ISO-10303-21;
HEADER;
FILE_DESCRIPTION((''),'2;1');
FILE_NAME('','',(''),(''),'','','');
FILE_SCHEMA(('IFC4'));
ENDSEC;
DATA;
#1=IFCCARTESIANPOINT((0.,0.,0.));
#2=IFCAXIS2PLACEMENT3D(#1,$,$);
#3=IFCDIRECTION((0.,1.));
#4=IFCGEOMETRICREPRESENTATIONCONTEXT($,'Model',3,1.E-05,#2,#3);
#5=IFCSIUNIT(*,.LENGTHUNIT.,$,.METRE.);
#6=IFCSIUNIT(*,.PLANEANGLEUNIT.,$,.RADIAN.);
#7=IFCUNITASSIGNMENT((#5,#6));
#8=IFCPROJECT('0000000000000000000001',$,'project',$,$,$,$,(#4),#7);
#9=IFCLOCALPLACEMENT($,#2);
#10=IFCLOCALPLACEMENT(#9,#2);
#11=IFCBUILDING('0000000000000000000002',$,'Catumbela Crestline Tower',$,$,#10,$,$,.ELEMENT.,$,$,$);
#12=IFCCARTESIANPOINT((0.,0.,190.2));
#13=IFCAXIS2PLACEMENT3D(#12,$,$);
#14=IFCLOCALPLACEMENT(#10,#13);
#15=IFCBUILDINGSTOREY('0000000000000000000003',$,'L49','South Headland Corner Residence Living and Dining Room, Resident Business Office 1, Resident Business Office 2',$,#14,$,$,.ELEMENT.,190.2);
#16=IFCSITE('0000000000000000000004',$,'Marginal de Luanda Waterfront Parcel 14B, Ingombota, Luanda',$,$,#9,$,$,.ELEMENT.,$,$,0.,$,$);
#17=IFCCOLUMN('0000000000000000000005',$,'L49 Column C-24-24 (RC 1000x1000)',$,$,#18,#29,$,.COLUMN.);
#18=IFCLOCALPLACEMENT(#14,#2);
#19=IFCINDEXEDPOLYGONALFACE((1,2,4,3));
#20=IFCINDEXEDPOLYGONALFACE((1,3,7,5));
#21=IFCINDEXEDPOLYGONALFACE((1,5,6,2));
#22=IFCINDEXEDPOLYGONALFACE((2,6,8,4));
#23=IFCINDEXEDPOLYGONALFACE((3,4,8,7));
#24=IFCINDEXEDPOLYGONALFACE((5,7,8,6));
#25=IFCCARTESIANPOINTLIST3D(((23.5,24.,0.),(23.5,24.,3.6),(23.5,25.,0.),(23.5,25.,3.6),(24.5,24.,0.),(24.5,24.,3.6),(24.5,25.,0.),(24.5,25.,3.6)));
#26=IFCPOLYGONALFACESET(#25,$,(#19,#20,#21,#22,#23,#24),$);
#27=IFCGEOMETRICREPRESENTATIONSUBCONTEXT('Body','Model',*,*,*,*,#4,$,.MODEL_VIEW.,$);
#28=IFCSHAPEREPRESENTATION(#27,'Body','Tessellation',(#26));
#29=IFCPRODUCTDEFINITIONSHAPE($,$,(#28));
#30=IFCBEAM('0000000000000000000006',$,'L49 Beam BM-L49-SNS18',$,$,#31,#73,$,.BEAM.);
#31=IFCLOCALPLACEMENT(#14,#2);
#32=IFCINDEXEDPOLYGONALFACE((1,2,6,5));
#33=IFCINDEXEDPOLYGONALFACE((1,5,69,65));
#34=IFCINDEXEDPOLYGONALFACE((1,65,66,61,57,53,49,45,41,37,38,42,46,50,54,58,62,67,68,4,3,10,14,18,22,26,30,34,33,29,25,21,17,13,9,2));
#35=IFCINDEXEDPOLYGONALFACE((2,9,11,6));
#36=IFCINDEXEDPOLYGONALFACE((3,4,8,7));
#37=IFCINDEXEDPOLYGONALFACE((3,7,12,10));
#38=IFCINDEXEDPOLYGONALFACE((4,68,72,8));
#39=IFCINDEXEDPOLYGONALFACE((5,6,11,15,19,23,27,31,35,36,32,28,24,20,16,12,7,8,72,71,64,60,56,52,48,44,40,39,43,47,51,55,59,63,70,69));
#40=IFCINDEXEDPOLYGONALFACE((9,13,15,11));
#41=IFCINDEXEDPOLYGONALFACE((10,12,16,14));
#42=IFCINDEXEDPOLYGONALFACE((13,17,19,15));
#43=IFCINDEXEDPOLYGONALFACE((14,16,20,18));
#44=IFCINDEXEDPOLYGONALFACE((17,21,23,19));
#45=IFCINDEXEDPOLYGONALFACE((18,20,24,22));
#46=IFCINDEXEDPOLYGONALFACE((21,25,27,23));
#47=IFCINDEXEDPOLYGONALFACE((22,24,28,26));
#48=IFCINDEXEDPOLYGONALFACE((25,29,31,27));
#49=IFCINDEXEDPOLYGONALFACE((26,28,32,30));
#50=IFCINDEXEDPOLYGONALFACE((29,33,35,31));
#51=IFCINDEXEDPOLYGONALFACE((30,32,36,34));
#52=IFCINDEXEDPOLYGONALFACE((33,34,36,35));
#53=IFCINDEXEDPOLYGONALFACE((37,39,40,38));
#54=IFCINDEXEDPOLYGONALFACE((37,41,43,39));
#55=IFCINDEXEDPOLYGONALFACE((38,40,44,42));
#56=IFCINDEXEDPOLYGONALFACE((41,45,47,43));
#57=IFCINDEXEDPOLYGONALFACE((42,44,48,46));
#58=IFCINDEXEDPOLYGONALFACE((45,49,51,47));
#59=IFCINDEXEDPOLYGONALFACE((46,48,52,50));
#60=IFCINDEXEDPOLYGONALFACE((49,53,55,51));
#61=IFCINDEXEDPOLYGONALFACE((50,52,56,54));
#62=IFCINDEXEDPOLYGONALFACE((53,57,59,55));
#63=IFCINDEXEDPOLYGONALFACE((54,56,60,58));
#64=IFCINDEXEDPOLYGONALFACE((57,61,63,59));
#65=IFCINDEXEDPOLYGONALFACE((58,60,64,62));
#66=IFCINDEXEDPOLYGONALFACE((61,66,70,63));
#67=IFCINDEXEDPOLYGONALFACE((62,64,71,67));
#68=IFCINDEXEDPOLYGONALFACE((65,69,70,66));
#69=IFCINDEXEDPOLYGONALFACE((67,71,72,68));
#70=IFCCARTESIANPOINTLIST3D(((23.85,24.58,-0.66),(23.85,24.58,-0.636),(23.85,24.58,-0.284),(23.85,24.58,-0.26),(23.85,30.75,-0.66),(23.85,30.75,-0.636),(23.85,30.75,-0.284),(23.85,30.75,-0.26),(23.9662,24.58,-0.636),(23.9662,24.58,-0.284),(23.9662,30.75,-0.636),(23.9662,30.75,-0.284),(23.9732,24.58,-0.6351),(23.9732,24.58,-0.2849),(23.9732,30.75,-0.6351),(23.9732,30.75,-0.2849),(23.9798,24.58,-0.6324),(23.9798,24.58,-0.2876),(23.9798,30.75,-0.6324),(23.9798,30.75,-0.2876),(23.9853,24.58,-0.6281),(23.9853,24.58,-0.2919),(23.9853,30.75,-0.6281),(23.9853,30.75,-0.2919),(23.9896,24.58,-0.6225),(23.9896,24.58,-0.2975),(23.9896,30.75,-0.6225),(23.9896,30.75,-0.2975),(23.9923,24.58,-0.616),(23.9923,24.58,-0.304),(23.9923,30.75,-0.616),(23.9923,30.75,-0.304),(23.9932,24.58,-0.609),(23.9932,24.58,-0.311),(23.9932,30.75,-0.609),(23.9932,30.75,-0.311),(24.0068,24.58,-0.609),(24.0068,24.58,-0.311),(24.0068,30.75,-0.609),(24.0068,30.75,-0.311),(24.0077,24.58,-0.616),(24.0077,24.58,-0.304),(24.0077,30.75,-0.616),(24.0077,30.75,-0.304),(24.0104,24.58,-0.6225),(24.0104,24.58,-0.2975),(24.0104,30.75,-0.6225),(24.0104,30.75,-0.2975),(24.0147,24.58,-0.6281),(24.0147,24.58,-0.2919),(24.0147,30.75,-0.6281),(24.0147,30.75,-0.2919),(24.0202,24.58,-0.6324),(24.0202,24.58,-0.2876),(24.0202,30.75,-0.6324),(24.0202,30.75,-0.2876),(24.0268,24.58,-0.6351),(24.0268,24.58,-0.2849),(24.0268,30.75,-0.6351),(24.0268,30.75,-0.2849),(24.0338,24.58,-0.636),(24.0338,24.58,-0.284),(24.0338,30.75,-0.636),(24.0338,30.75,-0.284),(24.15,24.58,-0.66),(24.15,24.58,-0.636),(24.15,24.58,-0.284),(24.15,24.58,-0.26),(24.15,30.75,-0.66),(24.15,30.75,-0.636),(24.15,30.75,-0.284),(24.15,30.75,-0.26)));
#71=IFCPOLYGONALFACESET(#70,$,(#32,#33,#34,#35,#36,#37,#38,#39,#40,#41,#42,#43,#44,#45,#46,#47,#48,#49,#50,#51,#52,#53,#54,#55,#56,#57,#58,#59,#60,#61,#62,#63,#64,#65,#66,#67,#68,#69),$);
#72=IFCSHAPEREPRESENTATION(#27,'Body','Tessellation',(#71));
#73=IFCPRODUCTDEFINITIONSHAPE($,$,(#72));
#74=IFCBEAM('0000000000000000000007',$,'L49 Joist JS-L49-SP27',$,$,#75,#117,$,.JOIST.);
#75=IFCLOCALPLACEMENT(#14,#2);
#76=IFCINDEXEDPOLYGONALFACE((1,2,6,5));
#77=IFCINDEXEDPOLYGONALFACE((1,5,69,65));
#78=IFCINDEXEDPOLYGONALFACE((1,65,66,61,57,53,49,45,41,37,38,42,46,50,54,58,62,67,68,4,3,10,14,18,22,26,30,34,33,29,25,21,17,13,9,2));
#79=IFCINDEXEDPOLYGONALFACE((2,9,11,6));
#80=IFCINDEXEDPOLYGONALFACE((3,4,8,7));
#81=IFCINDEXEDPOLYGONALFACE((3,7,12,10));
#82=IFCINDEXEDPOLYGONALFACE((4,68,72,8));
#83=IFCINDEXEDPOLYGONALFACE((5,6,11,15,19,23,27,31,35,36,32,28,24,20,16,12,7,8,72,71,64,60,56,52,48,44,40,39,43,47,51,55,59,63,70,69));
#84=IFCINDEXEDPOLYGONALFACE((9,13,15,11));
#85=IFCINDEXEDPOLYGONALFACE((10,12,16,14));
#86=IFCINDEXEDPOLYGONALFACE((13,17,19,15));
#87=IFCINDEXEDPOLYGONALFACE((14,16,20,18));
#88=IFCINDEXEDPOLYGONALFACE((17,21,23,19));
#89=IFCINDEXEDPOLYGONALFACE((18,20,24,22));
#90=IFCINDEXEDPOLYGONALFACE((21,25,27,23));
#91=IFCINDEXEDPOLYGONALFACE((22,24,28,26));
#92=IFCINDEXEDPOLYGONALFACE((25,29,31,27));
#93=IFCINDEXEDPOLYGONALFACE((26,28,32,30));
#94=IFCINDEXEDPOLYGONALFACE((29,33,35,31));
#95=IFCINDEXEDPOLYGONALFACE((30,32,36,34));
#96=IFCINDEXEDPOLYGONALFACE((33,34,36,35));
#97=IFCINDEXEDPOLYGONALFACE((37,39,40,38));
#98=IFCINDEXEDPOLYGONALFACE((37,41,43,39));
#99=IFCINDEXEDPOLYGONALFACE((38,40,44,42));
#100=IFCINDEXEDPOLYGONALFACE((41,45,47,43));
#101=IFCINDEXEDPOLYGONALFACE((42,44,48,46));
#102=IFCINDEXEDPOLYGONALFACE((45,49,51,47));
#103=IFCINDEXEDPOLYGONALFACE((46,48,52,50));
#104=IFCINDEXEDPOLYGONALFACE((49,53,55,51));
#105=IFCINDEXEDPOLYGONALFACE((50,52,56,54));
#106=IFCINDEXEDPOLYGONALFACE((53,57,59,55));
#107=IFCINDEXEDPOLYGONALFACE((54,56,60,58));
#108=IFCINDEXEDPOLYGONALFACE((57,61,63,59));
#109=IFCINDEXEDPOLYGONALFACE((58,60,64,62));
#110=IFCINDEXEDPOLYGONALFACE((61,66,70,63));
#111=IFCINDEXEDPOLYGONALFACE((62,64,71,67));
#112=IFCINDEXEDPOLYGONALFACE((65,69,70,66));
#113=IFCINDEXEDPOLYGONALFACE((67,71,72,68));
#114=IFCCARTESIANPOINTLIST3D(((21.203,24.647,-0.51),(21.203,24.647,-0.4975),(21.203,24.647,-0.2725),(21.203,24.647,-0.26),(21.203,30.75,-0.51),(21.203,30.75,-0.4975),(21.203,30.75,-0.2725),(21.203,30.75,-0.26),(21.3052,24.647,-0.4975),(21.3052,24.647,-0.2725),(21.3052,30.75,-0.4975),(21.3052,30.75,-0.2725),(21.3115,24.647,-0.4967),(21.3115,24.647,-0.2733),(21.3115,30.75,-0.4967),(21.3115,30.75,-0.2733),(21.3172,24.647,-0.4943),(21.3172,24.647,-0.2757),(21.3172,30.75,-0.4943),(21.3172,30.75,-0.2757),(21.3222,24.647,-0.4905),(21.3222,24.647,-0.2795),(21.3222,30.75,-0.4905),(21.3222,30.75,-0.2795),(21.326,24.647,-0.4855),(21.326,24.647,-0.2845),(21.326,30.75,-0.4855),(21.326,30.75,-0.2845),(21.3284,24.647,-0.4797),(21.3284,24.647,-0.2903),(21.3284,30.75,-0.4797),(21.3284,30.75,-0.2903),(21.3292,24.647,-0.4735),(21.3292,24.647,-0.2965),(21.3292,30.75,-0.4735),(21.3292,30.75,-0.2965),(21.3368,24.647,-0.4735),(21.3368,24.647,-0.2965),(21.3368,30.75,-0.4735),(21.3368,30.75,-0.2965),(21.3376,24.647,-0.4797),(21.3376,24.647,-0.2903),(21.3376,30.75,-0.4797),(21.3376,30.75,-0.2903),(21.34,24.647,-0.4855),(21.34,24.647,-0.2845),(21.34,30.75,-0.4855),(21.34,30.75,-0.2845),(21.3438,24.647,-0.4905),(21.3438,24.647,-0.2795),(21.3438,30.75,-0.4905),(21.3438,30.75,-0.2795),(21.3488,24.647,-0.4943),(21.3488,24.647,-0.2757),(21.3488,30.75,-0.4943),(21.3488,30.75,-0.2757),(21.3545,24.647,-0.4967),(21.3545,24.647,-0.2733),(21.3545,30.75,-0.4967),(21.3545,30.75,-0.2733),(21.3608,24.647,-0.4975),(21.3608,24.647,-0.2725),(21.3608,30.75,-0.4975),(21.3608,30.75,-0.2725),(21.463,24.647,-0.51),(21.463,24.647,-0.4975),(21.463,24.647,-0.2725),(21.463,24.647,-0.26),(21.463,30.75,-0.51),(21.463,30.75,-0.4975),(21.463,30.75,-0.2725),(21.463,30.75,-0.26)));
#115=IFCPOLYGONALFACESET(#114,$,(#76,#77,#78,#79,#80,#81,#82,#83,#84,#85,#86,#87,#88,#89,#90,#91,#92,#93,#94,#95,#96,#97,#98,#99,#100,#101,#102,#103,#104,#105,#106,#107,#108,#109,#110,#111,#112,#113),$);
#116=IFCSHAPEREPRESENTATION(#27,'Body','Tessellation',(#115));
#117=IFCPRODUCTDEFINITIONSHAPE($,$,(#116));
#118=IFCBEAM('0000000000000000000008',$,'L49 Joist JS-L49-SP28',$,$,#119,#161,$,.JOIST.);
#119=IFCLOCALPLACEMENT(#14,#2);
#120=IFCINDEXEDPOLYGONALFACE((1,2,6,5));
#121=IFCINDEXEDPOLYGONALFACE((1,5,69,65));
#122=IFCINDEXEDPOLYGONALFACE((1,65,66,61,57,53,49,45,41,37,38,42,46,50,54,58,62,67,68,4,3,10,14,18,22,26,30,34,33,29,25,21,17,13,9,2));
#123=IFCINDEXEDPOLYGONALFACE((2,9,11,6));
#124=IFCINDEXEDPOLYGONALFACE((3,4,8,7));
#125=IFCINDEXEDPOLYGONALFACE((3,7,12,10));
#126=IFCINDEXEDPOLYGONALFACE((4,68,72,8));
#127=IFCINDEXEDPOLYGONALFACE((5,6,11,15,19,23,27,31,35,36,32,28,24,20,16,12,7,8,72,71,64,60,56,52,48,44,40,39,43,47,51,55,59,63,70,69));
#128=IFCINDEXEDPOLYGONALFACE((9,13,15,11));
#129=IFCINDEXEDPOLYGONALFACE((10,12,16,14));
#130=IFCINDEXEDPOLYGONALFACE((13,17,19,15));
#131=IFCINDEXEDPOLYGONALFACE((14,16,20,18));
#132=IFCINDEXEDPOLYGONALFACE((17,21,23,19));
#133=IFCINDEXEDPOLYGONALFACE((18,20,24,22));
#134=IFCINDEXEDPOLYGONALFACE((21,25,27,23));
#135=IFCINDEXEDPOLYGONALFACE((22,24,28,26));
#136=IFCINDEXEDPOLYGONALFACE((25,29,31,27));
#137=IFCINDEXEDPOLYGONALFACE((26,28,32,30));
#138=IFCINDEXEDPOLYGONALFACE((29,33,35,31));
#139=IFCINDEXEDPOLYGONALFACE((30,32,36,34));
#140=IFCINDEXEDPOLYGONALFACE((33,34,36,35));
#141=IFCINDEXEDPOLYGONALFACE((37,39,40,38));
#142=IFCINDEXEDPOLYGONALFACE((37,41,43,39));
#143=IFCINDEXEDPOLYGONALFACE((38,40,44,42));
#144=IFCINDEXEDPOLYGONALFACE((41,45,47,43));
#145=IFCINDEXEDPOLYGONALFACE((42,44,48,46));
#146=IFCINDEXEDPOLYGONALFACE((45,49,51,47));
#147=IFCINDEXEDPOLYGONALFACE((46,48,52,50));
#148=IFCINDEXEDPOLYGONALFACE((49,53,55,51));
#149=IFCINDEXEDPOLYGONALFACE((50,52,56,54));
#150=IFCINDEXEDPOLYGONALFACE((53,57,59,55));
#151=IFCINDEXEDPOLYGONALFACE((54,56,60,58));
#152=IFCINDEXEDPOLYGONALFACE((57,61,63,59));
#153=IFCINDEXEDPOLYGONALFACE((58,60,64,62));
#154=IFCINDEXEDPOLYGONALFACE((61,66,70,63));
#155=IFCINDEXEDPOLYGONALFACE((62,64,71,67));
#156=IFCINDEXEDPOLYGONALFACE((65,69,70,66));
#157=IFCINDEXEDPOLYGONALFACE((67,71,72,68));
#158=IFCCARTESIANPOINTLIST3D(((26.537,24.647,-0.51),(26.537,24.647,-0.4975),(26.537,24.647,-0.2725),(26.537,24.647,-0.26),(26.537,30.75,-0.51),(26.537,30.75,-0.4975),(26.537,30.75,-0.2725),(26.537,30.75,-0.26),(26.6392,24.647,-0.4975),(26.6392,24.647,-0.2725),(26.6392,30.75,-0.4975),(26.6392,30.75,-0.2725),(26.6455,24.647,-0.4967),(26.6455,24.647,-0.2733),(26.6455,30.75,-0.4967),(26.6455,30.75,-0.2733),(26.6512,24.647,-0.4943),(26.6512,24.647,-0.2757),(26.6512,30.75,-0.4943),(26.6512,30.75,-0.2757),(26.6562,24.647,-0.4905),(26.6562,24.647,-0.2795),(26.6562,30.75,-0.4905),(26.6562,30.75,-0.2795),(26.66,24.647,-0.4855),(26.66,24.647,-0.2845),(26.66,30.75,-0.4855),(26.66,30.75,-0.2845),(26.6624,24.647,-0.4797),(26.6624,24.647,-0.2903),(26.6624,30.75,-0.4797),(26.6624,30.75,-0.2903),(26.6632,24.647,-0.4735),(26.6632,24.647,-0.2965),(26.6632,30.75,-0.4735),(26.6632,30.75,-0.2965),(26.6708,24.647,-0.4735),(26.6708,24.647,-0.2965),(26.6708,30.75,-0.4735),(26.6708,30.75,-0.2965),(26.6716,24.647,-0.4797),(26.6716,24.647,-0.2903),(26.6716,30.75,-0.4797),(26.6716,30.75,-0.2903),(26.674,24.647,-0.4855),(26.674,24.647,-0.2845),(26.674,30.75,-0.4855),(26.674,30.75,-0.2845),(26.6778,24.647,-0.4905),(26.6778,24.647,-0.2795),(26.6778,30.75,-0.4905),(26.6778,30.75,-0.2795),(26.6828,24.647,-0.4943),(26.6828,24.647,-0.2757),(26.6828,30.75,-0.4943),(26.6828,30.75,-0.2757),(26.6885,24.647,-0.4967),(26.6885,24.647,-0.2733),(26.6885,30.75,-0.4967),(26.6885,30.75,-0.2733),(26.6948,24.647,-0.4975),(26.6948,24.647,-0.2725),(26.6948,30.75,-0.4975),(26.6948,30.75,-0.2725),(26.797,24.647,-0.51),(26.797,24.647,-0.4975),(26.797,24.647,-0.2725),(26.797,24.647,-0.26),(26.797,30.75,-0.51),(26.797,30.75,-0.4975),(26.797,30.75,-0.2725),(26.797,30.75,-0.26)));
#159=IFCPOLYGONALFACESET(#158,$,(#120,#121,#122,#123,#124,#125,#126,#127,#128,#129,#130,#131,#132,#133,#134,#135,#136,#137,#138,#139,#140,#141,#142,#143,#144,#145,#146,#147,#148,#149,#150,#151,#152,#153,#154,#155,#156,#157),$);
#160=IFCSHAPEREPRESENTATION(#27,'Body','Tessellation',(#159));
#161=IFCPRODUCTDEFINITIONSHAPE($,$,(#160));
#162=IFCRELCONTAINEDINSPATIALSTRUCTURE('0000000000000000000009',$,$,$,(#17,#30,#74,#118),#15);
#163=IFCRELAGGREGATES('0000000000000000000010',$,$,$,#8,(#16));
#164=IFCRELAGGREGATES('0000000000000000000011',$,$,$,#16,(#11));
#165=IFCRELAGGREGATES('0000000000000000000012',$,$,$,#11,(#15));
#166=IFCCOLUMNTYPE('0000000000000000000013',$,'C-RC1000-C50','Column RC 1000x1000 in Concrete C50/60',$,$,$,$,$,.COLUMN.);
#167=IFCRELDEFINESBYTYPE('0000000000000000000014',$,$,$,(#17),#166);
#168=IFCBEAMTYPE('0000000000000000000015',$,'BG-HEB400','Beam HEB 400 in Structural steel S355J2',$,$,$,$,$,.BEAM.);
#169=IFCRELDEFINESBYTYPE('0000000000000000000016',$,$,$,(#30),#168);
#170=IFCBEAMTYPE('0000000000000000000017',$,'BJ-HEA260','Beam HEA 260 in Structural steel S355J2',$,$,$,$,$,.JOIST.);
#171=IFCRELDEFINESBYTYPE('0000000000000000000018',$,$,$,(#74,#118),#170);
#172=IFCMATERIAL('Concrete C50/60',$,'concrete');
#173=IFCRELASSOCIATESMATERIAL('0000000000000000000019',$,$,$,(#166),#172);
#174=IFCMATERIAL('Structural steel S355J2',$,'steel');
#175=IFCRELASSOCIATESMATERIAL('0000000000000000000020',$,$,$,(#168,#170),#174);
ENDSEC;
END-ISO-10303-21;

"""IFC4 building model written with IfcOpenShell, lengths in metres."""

from ifc_helpers import new_model, si_unit, direction, frame, origin, origin_2d, place, context, subcontext, project, spatial, rectangle, i_section, extrude, material, material_profile, profile_set, type_object, element, save


model = new_model("IFC4")

# Units and contexts
model_context = context("Model", 3, precision=1e-05, world=origin(), true_north=direction((0.0, 1.0)))
body_context = subcontext(model_context, "Body", "Model", "MODEL_VIEW")
ifc_project = project(units=[si_unit("LENGTHUNIT", "METRE"), si_unit("PLANEANGLEUNIT", "RADIAN")], contexts=[model_context])

# Site, building, storey
site_placement = place(None, origin())
site = spatial("IfcSite", under=ifc_project, at=site_placement, Name="Marginal de Luanda Waterfront Parcel 14B, Ingombota, Luanda", CompositionType="ELEMENT", RefElevation=0.0)
building_placement = place(site_placement, origin())
building = spatial("IfcBuilding", under=site, at=building_placement, Name="Catumbela Crestline Tower", CompositionType="ELEMENT")
storey_placement = place(building_placement, frame((0.0, 0.0, 190.2)))
storey = spatial("IfcBuildingStorey", under=building, at=storey_placement, Name="L49", Description="South Headland Corner Residence Living and Dining Room, Resident Business Office 1, Resident Business Office 2", CompositionType="ELEMENT", Elevation=190.2)

# Column
ifc_material_1 = material(Name="Concrete C50/60", Category="concrete")
ifc_material_profile_1 = material_profile(ifc_material_1, rectangle(XDim=1.0, YDim=1.0, at=origin_2d()), Name="RC 1000x1000")
ifc_profile_set_1 = profile_set([ifc_material_profile_1], Name="Concrete C50/60")
column_type = type_object("IfcColumnType", Name="C-RC1000-C50", Description="Column RC 1000x1000 in Concrete C50/60", PredefinedType="COLUMN", material=ifc_profile_set_1)
column_placement = place(storey_placement, frame((24.0, 24.5, 0.0), z_axis=(0.0, 0.0, 1.0), x_axis=(1.0, 0.0, 0.0)))
element("IfcColumn", 1, at=column_placement, inside=storey, type_object=column_type, Name="L49 Column C-24-24 (RC 1000x1000)", PredefinedType="COLUMN", context=body_context, shape_type="SweptSolid", body=[
    extrude(rectangle(XDim=1.0, YDim=1.0, at=origin_2d()), origin(), (0.0, 0.0, 1.0), 3.6),
])

# Beams
ifc_material_2 = material(Name="Structural steel S355J2", Category="steel")
ifc_material_profile_2 = material_profile(ifc_material_2, i_section(OverallWidth=0.3, OverallDepth=0.4, WebThickness=0.0135, FlangeThickness=0.024, FilletRadius=0.027, at=origin_2d()), Name="HEB 400")
ifc_profile_set_2 = profile_set([ifc_material_profile_2], Name="Structural steel S355J2")
beam_type_1 = type_object("IfcBeamType", Name="BG-HEB400", Description="Beam HEB 400 in Structural steel S355J2", PredefinedType="BEAM", material=ifc_profile_set_2)
beam_1_placement = place(storey_placement, frame((24.0, 24.58, -0.46), z_axis=(0.0, 1.0, 0.0), x_axis=(-1.0, 0.0, 0.0)))
element("IfcBeam", 2, at=beam_1_placement, inside=storey, type_object=beam_type_1, Name="L49 Beam BM-L49-SNS18", PredefinedType="BEAM", context=body_context, shape_type="SweptSolid", body=[
    extrude(i_section(OverallWidth=0.3, OverallDepth=0.4, WebThickness=0.0135, FlangeThickness=0.024, FilletRadius=0.027, at=origin_2d()), origin(), (0.0, 0.0, 1.0), 6.17),
])
ifc_material_profile_3 = material_profile(ifc_material_2, i_section(OverallWidth=0.26, OverallDepth=0.25, WebThickness=0.0075, FlangeThickness=0.0125, FilletRadius=0.024, at=origin_2d()), Name="HEA 260")
ifc_profile_set_3 = profile_set([ifc_material_profile_3], Name="Structural steel S355J2")
beam_type_2 = type_object("IfcBeamType", Name="BJ-HEA260", Description="Beam HEA 260 in Structural steel S355J2", PredefinedType="JOIST", material=ifc_profile_set_3)
for number, where, z_axis, x_axis, name in (
    (3, (21.333, 24.647, -0.385), (0.0, 1.0, 0.0), (-1.0, 0.0, 0.0), "L49 Joist JS-L49-SP27"),
    (4, (26.667, 24.647, -0.385), (0.0, 1.0, 0.0), (-1.0, 0.0, 0.0), "L49 Joist JS-L49-SP28"),
):
    element("IfcBeam", number, at=place(storey_placement, frame(where, z_axis=z_axis, x_axis=x_axis)), inside=storey, type_object=beam_type_2, Name=name, PredefinedType="JOIST", context=body_context, shape_type="SweptSolid", body=[
        extrude(i_section(OverallWidth=0.26, OverallDepth=0.25, WebThickness=0.0075, FlangeThickness=0.0125, FilletRadius=0.024, at=origin_2d()), origin(), (0.0, 0.0, 1.0), 6.103),
    ])

save(model, "model.ifc")
